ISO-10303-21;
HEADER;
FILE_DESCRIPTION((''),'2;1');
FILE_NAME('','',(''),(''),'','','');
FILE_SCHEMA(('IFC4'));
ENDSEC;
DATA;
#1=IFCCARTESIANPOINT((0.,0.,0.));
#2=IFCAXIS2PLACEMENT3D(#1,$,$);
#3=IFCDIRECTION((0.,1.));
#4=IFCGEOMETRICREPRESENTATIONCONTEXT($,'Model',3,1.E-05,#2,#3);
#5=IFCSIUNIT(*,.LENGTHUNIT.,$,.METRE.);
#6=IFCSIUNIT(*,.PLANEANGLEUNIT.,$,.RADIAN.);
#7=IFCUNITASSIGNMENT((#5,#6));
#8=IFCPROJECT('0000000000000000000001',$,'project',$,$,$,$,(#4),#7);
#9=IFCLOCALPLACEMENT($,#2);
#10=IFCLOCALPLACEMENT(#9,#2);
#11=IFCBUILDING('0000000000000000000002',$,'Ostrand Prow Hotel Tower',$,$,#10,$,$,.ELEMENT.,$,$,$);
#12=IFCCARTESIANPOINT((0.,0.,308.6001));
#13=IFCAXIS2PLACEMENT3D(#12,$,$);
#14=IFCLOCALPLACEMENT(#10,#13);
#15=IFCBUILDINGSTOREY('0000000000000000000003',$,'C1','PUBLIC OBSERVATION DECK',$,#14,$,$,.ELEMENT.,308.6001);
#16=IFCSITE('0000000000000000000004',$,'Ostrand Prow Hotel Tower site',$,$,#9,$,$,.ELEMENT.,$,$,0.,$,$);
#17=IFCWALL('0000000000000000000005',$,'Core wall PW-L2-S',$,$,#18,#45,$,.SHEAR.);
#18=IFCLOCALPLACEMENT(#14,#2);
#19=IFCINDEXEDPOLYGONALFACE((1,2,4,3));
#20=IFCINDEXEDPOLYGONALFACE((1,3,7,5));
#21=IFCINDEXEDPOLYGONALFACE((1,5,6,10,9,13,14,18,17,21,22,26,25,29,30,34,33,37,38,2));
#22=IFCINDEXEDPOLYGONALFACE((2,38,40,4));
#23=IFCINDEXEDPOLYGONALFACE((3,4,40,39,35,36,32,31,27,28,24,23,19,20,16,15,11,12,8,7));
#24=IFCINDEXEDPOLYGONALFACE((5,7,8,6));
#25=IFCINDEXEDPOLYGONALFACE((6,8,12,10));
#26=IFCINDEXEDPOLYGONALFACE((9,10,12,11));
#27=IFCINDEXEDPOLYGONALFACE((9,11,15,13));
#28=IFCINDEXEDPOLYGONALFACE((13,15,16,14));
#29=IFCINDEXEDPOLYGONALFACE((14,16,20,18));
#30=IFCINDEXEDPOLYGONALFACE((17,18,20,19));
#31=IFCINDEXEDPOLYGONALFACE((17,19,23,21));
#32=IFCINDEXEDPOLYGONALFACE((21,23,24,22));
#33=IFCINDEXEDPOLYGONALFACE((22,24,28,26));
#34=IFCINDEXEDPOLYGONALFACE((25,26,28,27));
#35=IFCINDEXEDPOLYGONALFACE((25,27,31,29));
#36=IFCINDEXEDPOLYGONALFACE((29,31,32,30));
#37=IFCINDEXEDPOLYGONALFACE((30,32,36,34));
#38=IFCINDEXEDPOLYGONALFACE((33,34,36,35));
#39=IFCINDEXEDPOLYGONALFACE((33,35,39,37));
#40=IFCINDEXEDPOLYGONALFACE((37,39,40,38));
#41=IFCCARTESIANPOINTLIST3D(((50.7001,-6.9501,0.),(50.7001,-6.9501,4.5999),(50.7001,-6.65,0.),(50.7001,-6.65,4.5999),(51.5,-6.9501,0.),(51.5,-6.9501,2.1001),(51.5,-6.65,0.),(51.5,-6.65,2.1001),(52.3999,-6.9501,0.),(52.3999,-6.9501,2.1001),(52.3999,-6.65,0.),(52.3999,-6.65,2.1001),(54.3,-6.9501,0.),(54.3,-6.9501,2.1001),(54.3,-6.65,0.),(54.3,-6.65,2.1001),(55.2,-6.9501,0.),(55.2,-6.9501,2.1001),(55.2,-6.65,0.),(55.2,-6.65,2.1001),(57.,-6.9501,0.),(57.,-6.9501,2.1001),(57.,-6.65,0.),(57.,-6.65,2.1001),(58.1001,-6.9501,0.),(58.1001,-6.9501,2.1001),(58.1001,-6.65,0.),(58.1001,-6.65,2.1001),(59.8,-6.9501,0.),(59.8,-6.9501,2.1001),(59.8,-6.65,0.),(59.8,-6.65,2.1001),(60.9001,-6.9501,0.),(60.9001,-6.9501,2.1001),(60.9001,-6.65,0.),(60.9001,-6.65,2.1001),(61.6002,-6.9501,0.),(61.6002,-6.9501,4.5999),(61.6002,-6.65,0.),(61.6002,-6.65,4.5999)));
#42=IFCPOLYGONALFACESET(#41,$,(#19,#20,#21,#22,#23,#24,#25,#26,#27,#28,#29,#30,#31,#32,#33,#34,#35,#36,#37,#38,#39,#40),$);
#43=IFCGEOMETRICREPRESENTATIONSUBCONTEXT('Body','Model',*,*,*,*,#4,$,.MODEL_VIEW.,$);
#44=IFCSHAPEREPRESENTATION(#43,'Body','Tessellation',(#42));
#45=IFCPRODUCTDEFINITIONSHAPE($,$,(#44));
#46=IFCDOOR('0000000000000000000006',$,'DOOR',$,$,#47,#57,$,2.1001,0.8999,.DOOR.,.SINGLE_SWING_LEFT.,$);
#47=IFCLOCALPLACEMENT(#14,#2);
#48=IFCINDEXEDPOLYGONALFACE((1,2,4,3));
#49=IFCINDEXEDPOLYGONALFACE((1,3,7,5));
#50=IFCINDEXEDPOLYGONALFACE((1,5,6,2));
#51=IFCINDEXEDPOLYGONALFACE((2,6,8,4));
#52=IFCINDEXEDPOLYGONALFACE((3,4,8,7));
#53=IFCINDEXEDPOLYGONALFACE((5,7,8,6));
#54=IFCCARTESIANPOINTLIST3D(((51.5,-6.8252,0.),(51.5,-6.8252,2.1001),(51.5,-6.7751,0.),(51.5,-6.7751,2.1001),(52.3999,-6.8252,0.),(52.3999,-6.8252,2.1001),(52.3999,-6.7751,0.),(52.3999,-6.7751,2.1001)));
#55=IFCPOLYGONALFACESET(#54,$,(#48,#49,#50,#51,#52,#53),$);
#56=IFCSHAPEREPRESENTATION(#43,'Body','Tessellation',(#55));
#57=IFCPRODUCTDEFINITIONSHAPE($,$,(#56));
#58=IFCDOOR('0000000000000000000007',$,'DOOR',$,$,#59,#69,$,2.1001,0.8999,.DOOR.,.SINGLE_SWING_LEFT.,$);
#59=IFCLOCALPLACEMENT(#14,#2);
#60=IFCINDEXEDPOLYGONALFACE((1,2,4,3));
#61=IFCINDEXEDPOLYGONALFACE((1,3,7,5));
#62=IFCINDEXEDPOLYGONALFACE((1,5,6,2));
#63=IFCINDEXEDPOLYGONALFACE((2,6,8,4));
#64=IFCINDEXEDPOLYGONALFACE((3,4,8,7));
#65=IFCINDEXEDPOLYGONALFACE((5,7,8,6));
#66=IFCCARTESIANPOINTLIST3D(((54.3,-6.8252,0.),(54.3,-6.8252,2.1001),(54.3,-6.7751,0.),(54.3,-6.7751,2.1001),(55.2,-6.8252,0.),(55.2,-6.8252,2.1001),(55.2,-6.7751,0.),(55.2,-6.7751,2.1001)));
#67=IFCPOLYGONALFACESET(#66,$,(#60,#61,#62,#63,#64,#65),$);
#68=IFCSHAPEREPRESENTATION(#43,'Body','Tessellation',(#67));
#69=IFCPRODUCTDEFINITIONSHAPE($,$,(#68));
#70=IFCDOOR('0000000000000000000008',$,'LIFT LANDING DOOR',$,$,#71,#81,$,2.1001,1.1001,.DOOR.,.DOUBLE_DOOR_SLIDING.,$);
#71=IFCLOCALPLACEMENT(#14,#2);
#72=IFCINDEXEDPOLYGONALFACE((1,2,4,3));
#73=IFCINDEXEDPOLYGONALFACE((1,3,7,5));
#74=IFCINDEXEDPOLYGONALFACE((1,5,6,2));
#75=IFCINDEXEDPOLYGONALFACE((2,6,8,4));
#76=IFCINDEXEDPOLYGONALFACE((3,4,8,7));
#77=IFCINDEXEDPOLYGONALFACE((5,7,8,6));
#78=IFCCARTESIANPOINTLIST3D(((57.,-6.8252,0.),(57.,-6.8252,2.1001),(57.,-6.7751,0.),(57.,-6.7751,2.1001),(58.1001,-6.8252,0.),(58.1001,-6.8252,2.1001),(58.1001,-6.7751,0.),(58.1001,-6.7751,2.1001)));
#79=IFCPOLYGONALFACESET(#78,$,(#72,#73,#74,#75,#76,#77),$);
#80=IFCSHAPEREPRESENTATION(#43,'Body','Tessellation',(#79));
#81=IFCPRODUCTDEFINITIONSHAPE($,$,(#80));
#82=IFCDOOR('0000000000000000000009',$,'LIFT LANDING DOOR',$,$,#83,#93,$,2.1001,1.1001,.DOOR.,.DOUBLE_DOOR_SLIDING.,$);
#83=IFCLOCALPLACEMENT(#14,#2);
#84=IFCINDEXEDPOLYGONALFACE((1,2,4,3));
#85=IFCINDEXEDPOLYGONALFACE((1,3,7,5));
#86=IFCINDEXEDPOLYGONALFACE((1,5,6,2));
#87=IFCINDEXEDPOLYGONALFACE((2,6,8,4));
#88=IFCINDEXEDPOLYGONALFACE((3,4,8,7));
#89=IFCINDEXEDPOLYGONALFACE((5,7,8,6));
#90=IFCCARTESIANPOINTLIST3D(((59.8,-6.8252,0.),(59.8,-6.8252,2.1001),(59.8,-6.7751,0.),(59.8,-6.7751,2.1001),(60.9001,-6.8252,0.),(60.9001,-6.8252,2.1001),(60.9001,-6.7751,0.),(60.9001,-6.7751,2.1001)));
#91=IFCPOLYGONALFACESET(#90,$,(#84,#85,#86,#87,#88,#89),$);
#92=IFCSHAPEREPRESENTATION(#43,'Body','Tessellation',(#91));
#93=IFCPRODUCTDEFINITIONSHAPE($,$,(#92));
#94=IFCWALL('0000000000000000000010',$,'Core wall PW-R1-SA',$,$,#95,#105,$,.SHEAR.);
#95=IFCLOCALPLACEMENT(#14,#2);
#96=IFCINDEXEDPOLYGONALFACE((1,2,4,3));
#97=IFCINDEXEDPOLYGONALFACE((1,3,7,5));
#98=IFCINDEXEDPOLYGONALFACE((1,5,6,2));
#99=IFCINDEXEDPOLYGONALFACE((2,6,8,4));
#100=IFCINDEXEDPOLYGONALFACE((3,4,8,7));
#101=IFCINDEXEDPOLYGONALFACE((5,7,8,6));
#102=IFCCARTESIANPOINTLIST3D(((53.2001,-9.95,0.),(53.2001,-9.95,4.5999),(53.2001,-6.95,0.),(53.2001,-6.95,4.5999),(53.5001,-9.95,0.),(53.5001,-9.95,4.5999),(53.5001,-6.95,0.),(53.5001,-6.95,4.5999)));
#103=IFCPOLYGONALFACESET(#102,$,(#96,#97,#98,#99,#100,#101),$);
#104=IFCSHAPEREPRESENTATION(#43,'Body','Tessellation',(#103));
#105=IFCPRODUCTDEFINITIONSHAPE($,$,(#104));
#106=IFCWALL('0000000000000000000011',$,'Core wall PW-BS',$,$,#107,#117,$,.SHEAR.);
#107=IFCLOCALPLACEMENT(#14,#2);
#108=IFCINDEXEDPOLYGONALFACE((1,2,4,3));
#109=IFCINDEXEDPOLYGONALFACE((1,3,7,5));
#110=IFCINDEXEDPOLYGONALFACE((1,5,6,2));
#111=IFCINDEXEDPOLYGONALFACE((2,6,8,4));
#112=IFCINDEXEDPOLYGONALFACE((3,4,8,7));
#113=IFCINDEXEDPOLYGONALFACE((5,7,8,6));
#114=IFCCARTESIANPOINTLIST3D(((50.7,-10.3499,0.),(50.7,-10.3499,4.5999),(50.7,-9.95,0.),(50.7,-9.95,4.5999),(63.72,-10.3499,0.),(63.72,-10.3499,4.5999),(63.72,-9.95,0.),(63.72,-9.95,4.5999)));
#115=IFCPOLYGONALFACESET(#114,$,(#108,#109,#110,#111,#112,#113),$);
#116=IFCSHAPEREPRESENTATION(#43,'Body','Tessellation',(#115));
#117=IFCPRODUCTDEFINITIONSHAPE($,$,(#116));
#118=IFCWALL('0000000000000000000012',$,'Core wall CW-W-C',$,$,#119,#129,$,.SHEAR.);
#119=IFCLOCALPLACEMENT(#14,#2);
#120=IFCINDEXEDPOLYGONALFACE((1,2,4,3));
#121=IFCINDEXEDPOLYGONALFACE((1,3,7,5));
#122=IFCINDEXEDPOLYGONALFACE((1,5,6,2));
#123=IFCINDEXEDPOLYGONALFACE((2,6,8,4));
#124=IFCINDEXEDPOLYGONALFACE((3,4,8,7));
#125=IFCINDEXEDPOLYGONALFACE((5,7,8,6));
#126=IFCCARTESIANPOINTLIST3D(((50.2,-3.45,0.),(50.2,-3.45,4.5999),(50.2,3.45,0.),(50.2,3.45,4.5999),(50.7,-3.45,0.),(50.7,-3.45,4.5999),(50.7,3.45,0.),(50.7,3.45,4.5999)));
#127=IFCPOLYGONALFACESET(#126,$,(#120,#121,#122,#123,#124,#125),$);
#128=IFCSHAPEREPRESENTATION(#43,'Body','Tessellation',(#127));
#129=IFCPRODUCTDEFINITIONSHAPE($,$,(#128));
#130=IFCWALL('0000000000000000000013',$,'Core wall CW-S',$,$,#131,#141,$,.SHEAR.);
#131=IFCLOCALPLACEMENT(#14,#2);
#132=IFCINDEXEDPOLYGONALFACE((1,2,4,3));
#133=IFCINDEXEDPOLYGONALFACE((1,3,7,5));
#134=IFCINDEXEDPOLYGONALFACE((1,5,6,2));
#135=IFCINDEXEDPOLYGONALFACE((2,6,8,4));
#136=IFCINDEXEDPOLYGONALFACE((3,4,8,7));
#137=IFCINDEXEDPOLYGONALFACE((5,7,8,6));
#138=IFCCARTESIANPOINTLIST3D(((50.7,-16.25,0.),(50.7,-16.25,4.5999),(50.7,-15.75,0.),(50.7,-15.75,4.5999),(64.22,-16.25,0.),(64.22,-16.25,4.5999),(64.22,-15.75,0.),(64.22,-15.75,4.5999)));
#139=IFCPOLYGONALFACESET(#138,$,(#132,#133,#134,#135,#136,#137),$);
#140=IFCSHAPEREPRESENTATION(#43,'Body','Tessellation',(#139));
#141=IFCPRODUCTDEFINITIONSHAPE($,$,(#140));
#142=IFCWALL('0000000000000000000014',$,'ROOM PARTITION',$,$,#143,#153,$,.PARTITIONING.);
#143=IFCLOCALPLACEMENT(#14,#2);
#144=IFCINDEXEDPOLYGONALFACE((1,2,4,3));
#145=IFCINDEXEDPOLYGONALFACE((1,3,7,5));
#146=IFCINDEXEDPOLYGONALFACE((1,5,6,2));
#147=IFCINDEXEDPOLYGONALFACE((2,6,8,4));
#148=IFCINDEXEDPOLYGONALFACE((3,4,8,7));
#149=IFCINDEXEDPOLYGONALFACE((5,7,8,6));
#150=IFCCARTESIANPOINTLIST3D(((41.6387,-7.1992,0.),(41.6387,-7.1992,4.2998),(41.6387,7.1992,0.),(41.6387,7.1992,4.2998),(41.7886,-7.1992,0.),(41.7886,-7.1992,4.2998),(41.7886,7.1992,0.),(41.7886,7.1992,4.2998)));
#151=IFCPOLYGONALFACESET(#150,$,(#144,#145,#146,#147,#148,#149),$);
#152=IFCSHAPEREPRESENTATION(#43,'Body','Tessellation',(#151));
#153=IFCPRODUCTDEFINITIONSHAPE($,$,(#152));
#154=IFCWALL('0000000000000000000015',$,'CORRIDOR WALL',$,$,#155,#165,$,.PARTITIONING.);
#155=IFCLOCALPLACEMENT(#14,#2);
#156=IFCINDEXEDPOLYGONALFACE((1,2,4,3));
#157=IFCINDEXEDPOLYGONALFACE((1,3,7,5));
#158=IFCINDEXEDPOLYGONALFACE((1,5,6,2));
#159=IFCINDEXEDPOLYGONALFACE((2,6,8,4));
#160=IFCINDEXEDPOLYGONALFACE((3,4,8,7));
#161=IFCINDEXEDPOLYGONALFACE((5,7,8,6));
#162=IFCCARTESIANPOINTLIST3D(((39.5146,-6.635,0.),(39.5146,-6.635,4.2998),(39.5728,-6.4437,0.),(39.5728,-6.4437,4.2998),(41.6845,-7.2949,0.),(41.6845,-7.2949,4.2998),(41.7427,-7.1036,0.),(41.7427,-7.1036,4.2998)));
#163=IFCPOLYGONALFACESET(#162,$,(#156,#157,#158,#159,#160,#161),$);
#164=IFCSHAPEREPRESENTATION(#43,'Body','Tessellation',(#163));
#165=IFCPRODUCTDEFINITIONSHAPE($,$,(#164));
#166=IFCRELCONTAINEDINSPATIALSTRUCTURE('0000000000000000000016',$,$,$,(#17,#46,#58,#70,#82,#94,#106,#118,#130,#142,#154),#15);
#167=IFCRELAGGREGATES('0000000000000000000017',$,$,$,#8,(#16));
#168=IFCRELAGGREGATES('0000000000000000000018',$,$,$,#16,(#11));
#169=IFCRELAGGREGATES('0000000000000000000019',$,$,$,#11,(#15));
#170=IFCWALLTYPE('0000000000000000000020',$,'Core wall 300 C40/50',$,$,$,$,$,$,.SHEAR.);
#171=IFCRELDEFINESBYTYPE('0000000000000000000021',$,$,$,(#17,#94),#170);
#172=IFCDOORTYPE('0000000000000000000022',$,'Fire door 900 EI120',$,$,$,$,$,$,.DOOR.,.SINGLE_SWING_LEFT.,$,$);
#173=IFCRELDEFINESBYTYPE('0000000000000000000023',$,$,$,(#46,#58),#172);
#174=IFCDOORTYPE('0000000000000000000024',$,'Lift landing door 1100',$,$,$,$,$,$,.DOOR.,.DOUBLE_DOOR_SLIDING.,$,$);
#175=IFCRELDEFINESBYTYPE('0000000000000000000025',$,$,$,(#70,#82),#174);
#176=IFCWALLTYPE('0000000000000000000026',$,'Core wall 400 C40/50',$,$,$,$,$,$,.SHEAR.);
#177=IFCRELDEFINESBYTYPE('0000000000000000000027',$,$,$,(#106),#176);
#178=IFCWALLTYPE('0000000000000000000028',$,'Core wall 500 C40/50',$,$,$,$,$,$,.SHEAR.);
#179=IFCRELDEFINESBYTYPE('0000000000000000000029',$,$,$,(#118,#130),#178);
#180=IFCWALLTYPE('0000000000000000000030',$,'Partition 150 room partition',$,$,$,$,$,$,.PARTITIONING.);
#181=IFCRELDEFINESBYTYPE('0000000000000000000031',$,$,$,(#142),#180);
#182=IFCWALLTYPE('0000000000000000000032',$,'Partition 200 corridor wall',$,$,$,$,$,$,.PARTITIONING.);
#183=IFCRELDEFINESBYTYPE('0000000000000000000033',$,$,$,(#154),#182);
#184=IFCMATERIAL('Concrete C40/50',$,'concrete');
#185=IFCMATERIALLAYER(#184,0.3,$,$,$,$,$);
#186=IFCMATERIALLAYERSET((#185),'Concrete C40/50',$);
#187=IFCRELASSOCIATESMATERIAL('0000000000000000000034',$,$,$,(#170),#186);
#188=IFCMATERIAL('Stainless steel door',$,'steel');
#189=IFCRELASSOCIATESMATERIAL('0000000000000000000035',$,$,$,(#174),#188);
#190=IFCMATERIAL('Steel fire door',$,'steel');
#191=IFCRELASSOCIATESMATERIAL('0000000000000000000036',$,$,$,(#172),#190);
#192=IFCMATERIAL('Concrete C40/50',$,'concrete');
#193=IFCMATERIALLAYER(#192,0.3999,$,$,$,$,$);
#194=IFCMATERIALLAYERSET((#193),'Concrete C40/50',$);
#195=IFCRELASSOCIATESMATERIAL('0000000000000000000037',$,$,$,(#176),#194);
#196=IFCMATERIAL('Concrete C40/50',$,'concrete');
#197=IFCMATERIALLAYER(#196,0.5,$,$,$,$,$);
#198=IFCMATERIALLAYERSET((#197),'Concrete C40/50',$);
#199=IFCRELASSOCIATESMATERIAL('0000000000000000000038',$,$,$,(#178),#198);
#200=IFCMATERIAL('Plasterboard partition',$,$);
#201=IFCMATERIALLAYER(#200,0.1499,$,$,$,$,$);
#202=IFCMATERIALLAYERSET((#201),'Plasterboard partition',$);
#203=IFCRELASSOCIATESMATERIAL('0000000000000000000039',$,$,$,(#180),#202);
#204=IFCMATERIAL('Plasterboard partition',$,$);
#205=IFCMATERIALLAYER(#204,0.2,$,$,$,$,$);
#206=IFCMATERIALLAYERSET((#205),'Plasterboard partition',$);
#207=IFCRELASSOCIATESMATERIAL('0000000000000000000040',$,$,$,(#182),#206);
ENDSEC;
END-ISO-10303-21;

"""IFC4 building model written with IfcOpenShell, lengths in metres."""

from ifc_helpers import new_model, si_unit, direction, frame, frame_2d, origin, place, context, subcontext, project, spatial, rectangle, extrude, material, layer, layer_set, type_object, element, fill, save


model = new_model("IFC4")

# Units and contexts
model_context = context("Model", 3, precision=1e-05, world=origin(), true_north=direction((0.0, 1.0)))
body_context = subcontext(model_context, "Body", "Model", "MODEL_VIEW")
ifc_project = project(units=[si_unit("LENGTHUNIT", "METRE"), si_unit("PLANEANGLEUNIT", "RADIAN")], contexts=[model_context])

# Site, building, storey
site_placement = place(None, origin())
site = spatial("IfcSite", under=ifc_project, at=site_placement, Name="Ostrand Prow Hotel Tower site", CompositionType="ELEMENT", RefElevation=0.0)
building_placement = place(site_placement, origin())
building = spatial("IfcBuilding", under=site, at=building_placement, Name="Ostrand Prow Hotel Tower", CompositionType="ELEMENT")
storey_placement = place(building_placement, frame((0.0, 0.0, 308.6001)))
storey = spatial("IfcBuildingStorey", under=building, at=storey_placement, Name="C1", Description="PUBLIC OBSERVATION DECK", CompositionType="ELEMENT", Elevation=308.6001)

# Shared definitions
ifc_material_1 = material(Name="Concrete C40/50", Category="concrete")
ifc_layer_1 = layer(ifc_material_1, 0.3)
ifc_layer_set_1 = layer_set([ifc_layer_1], Name="Concrete C40/50")
wall_type_1 = type_object("IfcWallType", Name="Core wall 300 C40/50", PredefinedType="SHEAR", material=ifc_layer_set_1)

# Wall, openings, doors
ifc_material_2 = material(Name="Stainless steel door", Category="steel")
door_type_1 = type_object("IfcDoorType", Name="Lift landing door 1100", OperationType="DOUBLE_DOOR_SLIDING", PredefinedType="DOOR", material=ifc_material_2)
wall_1_placement = place(storey_placement, frame((50.7, -6.8, 0.0), z_axis=(0.0, 0.0, 1.0), x_axis=(1.0, 0.0, 0.0)))
wall_1 = element("IfcWall", 1, at=wall_1_placement, inside=storey, type_object=wall_type_1, Name="Core wall PW-L2-S", PredefinedType="SHEAR", context=body_context, shape_type="SweptSolid", body=[
    extrude(rectangle(XDim=10.9001, YDim=0.3, at=frame_2d((5.4502, 0.0))), origin(), (0.0, 0.0, 1.0), 4.5999),
])
opening_1_placement = place(wall_1_placement, frame((6.3, 0.0, 0.0)))
opening_1 = element("IfcOpeningElement", 2, at=opening_1_placement, cuts=wall_1, PredefinedType="OPENING", context=body_context, shape_type="SweptSolid", body=[
    extrude(rectangle(XDim=1.1001, YDim=2.1001, at=frame_2d((0.55, 1.05))), frame((0.0, 0.1599, 0.0), z_axis=(0.0, -1.0, 0.0), x_axis=(1.0, 0.0, 0.0)), (0.0, 0.0, 1.0), 0.3201),
])
opening_2_placement = place(wall_1_placement, frame((9.1001, 0.0, 0.0)))
opening_2 = element("IfcOpeningElement", 3, at=opening_2_placement, cuts=wall_1, PredefinedType="OPENING", context=body_context, shape_type="SweptSolid", body=[
    extrude(rectangle(XDim=1.1001, YDim=2.1001, at=frame_2d((0.55, 1.05))), frame((0.0, 0.1599, 0.0), z_axis=(0.0, -1.0, 0.0), x_axis=(1.0, 0.0, 0.0)), (0.0, 0.0, 1.0), 0.3201),
])
opening_3_placement = place(wall_1_placement, frame((0.8, 0.0, 0.0)))
opening_3 = element("IfcOpeningElement", 4, at=opening_3_placement, cuts=wall_1, PredefinedType="OPENING", context=body_context, shape_type="SweptSolid", body=[
    extrude(rectangle(XDim=0.8999, YDim=2.1001, at=frame_2d((0.45, 1.05))), frame((0.0, 0.1599, 0.0), z_axis=(0.0, -1.0, 0.0), x_axis=(1.0, 0.0, 0.0)), (0.0, 0.0, 1.0), 0.3201),
])
opening_4_placement = place(wall_1_placement, frame((3.6001, 0.0, 0.0)))
opening_4 = element("IfcOpeningElement", 5, at=opening_4_placement, cuts=wall_1, PredefinedType="OPENING", context=body_context, shape_type="SweptSolid", body=[
    extrude(rectangle(XDim=0.8999, YDim=2.1001, at=frame_2d((0.45, 1.05))), frame((0.0, 0.1599, 0.0), z_axis=(0.0, -1.0, 0.0), x_axis=(1.0, 0.0, 0.0)), (0.0, 0.0, 1.0), 0.3201),
])
ifc_material_3 = material(Name="Steel fire door", Category="steel")
door_type_2 = type_object("IfcDoorType", Name="Fire door 900 EI120", OperationType="SINGLE_SWING_LEFT", PredefinedType="DOOR", material=ifc_material_3)
door_1_placement = place(opening_3_placement, origin())
door_1 = element("IfcDoor", 6, at=door_1_placement, inside=storey, type_object=door_type_2, Name="DOOR", OperationType="SINGLE_SWING_LEFT", OverallHeight=2.1001, OverallWidth=0.8999, PredefinedType="DOOR", context=body_context, shape_type="SweptSolid", body=[
    extrude(rectangle(XDim=0.8999, YDim=2.1001, at=frame_2d((0.45, 1.05))), frame((0.0, 0.0249, 0.0), z_axis=(0.0, -1.0, 0.0), x_axis=(1.0, 0.0, 0.0)), (0.0, 0.0, 1.0), 0.05),
])
fill(opening_3, door_1)
door_2_placement = place(opening_4_placement, origin())
door_2 = element("IfcDoor", 7, at=door_2_placement, inside=storey, type_object=door_type_2, Name="DOOR", OperationType="SINGLE_SWING_LEFT", OverallHeight=2.1001, OverallWidth=0.8999, PredefinedType="DOOR", context=body_context, shape_type="SweptSolid", body=[
    extrude(rectangle(XDim=0.8999, YDim=2.1001, at=frame_2d((0.45, 1.05))), frame((0.0, 0.0249, 0.0), z_axis=(0.0, -1.0, 0.0), x_axis=(1.0, 0.0, 0.0)), (0.0, 0.0, 1.0), 0.05),
])
fill(opening_4, door_2)
door_3_placement = place(opening_1_placement, origin())
door_3 = element("IfcDoor", 8, at=door_3_placement, inside=storey, type_object=door_type_1, Name="LIFT LANDING DOOR", OperationType="DOUBLE_DOOR_SLIDING", OverallHeight=2.1001, OverallWidth=1.1001, PredefinedType="DOOR", context=body_context, shape_type="SweptSolid", body=[
    extrude(rectangle(XDim=1.1001, YDim=2.1001, at=frame_2d((0.55, 1.05))), frame((0.0, 0.0249, 0.0), z_axis=(0.0, -1.0, 0.0), x_axis=(1.0, 0.0, 0.0)), (0.0, 0.0, 1.0), 0.05),
])
fill(opening_1, door_3)
door_4_placement = place(opening_2_placement, origin())
door_4 = element("IfcDoor", 9, at=door_4_placement, inside=storey, type_object=door_type_1, Name="LIFT LANDING DOOR", OperationType="DOUBLE_DOOR_SLIDING", OverallHeight=2.1001, OverallWidth=1.1001, PredefinedType="DOOR", context=body_context, shape_type="SweptSolid", body=[
    extrude(rectangle(XDim=1.1001, YDim=2.1001, at=frame_2d((0.55, 1.05))), frame((0.0, 0.0249, 0.0), z_axis=(0.0, -1.0, 0.0), x_axis=(1.0, 0.0, 0.0)), (0.0, 0.0, 1.0), 0.05),
])
fill(opening_2, door_4)

# Walls
wall_2_placement = place(storey_placement, frame((53.3501, -9.95, 0.0), z_axis=(0.0, 0.0, 1.0), x_axis=(0.0, 1.0, 0.0)))
element("IfcWall", 10, at=wall_2_placement, inside=storey, type_object=wall_type_1, Name="Core wall PW-R1-SA", PredefinedType="SHEAR", context=body_context, shape_type="SweptSolid", body=[
    extrude(rectangle(XDim=3.0, YDim=0.3, at=frame_2d((1.5, 0.0))), origin(), (0.0, 0.0, 1.0), 4.5999),
])
ifc_material_4 = material(Name="Concrete C40/50", Category="concrete")
ifc_layer_2 = layer(ifc_material_4, 0.3999)
ifc_layer_set_2 = layer_set([ifc_layer_2], Name="Concrete C40/50")
wall_type_2 = type_object("IfcWallType", Name="Core wall 400 C40/50", PredefinedType="SHEAR", material=ifc_layer_set_2)
wall_3_placement = place(storey_placement, frame((50.7, -10.1499, 0.0), z_axis=(0.0, 0.0, 1.0), x_axis=(1.0, 0.0, 0.0)))
element("IfcWall", 11, at=wall_3_placement, inside=storey, type_object=wall_type_2, Name="Core wall PW-BS", PredefinedType="SHEAR", context=body_context, shape_type="SweptSolid", body=[
    extrude(rectangle(XDim=13.02, YDim=0.3999, at=frame_2d((6.51, 0.0))), origin(), (0.0, 0.0, 1.0), 4.5999),
])
ifc_material_5 = material(Name="Concrete C40/50", Category="concrete")
ifc_layer_3 = layer(ifc_material_5, 0.5)
ifc_layer_set_3 = layer_set([ifc_layer_3], Name="Concrete C40/50")
wall_type_3 = type_object("IfcWallType", Name="Core wall 500 C40/50", PredefinedType="SHEAR", material=ifc_layer_set_3)
wall_4_placement = place(storey_placement, frame((50.45, -3.45, 0.0), z_axis=(0.0, 0.0, 1.0), x_axis=(0.0, 1.0, 0.0)))
element("IfcWall", 12, at=wall_4_placement, inside=storey, type_object=wall_type_3, Name="Core wall CW-W-C", PredefinedType="SHEAR", context=body_context, shape_type="SweptSolid", body=[
    extrude(rectangle(XDim=6.8999, YDim=0.5, at=frame_2d((3.45, 0.0))), origin(), (0.0, 0.0, 1.0), 4.5999),
])
wall_5_placement = place(storey_placement, frame((50.7, -16.0, 0.0), z_axis=(0.0, 0.0, 1.0), x_axis=(1.0, 0.0, 0.0)))
element("IfcWall", 13, at=wall_5_placement, inside=storey, type_object=wall_type_3, Name="Core wall CW-S", PredefinedType="SHEAR", context=body_context, shape_type="SweptSolid", body=[
    extrude(rectangle(XDim=13.52, YDim=0.5, at=frame_2d((6.76, 0.0))), origin(), (0.0, 0.0, 1.0), 4.5999),
])
ifc_material_6 = material(Name="Plasterboard partition")
ifc_layer_4 = layer(ifc_material_6, 0.1499)
ifc_layer_set_4 = layer_set([ifc_layer_4], Name="Plasterboard partition")
wall_type_4 = type_object("IfcWallType", Name="Partition 150 room partition", PredefinedType="PARTITIONING", material=ifc_layer_set_4)
wall_6_placement = place(storey_placement, frame((41.7136, -7.1992, 0.0), z_axis=(0.0, 0.0, 1.0), x_axis=(0.0, 1.0, 0.0)))
element("IfcWall", 14, at=wall_6_placement, inside=storey, type_object=wall_type_4, Name="ROOM PARTITION", PredefinedType="PARTITIONING", context=body_context, shape_type="SweptSolid", body=[
    extrude(rectangle(XDim=14.3984, YDim=0.1499, at=frame_2d((7.1992, 0.0))), origin(), (0.0, 0.0, 1.0), 4.2998),
])
ifc_material_7 = material(Name="Plasterboard partition")
ifc_layer_5 = layer(ifc_material_7, 0.2)
ifc_layer_set_5 = layer_set([ifc_layer_5], Name="Plasterboard partition")
wall_type_5 = type_object("IfcWallType", Name="Partition 200 corridor wall", PredefinedType="PARTITIONING", material=ifc_layer_set_5)
wall_7_placement = place(storey_placement, frame((41.7136, -7.1992, 0.0), z_axis=(0.0, 0.0, 1.0), x_axis=(-0.956735, 0.29096, 0.0)))
element("IfcWall", 15, at=wall_7_placement, inside=storey, type_object=wall_type_5, Name="CORRIDOR WALL", PredefinedType="PARTITIONING", context=body_context, shape_type="SweptSolid", body=[
    extrude(rectangle(XDim=2.2681, YDim=0.2, at=frame_2d((1.134, 0.0))), origin(), (0.0, 0.0, 1.0), 4.2998),
])

save(model, "model.ifc")
